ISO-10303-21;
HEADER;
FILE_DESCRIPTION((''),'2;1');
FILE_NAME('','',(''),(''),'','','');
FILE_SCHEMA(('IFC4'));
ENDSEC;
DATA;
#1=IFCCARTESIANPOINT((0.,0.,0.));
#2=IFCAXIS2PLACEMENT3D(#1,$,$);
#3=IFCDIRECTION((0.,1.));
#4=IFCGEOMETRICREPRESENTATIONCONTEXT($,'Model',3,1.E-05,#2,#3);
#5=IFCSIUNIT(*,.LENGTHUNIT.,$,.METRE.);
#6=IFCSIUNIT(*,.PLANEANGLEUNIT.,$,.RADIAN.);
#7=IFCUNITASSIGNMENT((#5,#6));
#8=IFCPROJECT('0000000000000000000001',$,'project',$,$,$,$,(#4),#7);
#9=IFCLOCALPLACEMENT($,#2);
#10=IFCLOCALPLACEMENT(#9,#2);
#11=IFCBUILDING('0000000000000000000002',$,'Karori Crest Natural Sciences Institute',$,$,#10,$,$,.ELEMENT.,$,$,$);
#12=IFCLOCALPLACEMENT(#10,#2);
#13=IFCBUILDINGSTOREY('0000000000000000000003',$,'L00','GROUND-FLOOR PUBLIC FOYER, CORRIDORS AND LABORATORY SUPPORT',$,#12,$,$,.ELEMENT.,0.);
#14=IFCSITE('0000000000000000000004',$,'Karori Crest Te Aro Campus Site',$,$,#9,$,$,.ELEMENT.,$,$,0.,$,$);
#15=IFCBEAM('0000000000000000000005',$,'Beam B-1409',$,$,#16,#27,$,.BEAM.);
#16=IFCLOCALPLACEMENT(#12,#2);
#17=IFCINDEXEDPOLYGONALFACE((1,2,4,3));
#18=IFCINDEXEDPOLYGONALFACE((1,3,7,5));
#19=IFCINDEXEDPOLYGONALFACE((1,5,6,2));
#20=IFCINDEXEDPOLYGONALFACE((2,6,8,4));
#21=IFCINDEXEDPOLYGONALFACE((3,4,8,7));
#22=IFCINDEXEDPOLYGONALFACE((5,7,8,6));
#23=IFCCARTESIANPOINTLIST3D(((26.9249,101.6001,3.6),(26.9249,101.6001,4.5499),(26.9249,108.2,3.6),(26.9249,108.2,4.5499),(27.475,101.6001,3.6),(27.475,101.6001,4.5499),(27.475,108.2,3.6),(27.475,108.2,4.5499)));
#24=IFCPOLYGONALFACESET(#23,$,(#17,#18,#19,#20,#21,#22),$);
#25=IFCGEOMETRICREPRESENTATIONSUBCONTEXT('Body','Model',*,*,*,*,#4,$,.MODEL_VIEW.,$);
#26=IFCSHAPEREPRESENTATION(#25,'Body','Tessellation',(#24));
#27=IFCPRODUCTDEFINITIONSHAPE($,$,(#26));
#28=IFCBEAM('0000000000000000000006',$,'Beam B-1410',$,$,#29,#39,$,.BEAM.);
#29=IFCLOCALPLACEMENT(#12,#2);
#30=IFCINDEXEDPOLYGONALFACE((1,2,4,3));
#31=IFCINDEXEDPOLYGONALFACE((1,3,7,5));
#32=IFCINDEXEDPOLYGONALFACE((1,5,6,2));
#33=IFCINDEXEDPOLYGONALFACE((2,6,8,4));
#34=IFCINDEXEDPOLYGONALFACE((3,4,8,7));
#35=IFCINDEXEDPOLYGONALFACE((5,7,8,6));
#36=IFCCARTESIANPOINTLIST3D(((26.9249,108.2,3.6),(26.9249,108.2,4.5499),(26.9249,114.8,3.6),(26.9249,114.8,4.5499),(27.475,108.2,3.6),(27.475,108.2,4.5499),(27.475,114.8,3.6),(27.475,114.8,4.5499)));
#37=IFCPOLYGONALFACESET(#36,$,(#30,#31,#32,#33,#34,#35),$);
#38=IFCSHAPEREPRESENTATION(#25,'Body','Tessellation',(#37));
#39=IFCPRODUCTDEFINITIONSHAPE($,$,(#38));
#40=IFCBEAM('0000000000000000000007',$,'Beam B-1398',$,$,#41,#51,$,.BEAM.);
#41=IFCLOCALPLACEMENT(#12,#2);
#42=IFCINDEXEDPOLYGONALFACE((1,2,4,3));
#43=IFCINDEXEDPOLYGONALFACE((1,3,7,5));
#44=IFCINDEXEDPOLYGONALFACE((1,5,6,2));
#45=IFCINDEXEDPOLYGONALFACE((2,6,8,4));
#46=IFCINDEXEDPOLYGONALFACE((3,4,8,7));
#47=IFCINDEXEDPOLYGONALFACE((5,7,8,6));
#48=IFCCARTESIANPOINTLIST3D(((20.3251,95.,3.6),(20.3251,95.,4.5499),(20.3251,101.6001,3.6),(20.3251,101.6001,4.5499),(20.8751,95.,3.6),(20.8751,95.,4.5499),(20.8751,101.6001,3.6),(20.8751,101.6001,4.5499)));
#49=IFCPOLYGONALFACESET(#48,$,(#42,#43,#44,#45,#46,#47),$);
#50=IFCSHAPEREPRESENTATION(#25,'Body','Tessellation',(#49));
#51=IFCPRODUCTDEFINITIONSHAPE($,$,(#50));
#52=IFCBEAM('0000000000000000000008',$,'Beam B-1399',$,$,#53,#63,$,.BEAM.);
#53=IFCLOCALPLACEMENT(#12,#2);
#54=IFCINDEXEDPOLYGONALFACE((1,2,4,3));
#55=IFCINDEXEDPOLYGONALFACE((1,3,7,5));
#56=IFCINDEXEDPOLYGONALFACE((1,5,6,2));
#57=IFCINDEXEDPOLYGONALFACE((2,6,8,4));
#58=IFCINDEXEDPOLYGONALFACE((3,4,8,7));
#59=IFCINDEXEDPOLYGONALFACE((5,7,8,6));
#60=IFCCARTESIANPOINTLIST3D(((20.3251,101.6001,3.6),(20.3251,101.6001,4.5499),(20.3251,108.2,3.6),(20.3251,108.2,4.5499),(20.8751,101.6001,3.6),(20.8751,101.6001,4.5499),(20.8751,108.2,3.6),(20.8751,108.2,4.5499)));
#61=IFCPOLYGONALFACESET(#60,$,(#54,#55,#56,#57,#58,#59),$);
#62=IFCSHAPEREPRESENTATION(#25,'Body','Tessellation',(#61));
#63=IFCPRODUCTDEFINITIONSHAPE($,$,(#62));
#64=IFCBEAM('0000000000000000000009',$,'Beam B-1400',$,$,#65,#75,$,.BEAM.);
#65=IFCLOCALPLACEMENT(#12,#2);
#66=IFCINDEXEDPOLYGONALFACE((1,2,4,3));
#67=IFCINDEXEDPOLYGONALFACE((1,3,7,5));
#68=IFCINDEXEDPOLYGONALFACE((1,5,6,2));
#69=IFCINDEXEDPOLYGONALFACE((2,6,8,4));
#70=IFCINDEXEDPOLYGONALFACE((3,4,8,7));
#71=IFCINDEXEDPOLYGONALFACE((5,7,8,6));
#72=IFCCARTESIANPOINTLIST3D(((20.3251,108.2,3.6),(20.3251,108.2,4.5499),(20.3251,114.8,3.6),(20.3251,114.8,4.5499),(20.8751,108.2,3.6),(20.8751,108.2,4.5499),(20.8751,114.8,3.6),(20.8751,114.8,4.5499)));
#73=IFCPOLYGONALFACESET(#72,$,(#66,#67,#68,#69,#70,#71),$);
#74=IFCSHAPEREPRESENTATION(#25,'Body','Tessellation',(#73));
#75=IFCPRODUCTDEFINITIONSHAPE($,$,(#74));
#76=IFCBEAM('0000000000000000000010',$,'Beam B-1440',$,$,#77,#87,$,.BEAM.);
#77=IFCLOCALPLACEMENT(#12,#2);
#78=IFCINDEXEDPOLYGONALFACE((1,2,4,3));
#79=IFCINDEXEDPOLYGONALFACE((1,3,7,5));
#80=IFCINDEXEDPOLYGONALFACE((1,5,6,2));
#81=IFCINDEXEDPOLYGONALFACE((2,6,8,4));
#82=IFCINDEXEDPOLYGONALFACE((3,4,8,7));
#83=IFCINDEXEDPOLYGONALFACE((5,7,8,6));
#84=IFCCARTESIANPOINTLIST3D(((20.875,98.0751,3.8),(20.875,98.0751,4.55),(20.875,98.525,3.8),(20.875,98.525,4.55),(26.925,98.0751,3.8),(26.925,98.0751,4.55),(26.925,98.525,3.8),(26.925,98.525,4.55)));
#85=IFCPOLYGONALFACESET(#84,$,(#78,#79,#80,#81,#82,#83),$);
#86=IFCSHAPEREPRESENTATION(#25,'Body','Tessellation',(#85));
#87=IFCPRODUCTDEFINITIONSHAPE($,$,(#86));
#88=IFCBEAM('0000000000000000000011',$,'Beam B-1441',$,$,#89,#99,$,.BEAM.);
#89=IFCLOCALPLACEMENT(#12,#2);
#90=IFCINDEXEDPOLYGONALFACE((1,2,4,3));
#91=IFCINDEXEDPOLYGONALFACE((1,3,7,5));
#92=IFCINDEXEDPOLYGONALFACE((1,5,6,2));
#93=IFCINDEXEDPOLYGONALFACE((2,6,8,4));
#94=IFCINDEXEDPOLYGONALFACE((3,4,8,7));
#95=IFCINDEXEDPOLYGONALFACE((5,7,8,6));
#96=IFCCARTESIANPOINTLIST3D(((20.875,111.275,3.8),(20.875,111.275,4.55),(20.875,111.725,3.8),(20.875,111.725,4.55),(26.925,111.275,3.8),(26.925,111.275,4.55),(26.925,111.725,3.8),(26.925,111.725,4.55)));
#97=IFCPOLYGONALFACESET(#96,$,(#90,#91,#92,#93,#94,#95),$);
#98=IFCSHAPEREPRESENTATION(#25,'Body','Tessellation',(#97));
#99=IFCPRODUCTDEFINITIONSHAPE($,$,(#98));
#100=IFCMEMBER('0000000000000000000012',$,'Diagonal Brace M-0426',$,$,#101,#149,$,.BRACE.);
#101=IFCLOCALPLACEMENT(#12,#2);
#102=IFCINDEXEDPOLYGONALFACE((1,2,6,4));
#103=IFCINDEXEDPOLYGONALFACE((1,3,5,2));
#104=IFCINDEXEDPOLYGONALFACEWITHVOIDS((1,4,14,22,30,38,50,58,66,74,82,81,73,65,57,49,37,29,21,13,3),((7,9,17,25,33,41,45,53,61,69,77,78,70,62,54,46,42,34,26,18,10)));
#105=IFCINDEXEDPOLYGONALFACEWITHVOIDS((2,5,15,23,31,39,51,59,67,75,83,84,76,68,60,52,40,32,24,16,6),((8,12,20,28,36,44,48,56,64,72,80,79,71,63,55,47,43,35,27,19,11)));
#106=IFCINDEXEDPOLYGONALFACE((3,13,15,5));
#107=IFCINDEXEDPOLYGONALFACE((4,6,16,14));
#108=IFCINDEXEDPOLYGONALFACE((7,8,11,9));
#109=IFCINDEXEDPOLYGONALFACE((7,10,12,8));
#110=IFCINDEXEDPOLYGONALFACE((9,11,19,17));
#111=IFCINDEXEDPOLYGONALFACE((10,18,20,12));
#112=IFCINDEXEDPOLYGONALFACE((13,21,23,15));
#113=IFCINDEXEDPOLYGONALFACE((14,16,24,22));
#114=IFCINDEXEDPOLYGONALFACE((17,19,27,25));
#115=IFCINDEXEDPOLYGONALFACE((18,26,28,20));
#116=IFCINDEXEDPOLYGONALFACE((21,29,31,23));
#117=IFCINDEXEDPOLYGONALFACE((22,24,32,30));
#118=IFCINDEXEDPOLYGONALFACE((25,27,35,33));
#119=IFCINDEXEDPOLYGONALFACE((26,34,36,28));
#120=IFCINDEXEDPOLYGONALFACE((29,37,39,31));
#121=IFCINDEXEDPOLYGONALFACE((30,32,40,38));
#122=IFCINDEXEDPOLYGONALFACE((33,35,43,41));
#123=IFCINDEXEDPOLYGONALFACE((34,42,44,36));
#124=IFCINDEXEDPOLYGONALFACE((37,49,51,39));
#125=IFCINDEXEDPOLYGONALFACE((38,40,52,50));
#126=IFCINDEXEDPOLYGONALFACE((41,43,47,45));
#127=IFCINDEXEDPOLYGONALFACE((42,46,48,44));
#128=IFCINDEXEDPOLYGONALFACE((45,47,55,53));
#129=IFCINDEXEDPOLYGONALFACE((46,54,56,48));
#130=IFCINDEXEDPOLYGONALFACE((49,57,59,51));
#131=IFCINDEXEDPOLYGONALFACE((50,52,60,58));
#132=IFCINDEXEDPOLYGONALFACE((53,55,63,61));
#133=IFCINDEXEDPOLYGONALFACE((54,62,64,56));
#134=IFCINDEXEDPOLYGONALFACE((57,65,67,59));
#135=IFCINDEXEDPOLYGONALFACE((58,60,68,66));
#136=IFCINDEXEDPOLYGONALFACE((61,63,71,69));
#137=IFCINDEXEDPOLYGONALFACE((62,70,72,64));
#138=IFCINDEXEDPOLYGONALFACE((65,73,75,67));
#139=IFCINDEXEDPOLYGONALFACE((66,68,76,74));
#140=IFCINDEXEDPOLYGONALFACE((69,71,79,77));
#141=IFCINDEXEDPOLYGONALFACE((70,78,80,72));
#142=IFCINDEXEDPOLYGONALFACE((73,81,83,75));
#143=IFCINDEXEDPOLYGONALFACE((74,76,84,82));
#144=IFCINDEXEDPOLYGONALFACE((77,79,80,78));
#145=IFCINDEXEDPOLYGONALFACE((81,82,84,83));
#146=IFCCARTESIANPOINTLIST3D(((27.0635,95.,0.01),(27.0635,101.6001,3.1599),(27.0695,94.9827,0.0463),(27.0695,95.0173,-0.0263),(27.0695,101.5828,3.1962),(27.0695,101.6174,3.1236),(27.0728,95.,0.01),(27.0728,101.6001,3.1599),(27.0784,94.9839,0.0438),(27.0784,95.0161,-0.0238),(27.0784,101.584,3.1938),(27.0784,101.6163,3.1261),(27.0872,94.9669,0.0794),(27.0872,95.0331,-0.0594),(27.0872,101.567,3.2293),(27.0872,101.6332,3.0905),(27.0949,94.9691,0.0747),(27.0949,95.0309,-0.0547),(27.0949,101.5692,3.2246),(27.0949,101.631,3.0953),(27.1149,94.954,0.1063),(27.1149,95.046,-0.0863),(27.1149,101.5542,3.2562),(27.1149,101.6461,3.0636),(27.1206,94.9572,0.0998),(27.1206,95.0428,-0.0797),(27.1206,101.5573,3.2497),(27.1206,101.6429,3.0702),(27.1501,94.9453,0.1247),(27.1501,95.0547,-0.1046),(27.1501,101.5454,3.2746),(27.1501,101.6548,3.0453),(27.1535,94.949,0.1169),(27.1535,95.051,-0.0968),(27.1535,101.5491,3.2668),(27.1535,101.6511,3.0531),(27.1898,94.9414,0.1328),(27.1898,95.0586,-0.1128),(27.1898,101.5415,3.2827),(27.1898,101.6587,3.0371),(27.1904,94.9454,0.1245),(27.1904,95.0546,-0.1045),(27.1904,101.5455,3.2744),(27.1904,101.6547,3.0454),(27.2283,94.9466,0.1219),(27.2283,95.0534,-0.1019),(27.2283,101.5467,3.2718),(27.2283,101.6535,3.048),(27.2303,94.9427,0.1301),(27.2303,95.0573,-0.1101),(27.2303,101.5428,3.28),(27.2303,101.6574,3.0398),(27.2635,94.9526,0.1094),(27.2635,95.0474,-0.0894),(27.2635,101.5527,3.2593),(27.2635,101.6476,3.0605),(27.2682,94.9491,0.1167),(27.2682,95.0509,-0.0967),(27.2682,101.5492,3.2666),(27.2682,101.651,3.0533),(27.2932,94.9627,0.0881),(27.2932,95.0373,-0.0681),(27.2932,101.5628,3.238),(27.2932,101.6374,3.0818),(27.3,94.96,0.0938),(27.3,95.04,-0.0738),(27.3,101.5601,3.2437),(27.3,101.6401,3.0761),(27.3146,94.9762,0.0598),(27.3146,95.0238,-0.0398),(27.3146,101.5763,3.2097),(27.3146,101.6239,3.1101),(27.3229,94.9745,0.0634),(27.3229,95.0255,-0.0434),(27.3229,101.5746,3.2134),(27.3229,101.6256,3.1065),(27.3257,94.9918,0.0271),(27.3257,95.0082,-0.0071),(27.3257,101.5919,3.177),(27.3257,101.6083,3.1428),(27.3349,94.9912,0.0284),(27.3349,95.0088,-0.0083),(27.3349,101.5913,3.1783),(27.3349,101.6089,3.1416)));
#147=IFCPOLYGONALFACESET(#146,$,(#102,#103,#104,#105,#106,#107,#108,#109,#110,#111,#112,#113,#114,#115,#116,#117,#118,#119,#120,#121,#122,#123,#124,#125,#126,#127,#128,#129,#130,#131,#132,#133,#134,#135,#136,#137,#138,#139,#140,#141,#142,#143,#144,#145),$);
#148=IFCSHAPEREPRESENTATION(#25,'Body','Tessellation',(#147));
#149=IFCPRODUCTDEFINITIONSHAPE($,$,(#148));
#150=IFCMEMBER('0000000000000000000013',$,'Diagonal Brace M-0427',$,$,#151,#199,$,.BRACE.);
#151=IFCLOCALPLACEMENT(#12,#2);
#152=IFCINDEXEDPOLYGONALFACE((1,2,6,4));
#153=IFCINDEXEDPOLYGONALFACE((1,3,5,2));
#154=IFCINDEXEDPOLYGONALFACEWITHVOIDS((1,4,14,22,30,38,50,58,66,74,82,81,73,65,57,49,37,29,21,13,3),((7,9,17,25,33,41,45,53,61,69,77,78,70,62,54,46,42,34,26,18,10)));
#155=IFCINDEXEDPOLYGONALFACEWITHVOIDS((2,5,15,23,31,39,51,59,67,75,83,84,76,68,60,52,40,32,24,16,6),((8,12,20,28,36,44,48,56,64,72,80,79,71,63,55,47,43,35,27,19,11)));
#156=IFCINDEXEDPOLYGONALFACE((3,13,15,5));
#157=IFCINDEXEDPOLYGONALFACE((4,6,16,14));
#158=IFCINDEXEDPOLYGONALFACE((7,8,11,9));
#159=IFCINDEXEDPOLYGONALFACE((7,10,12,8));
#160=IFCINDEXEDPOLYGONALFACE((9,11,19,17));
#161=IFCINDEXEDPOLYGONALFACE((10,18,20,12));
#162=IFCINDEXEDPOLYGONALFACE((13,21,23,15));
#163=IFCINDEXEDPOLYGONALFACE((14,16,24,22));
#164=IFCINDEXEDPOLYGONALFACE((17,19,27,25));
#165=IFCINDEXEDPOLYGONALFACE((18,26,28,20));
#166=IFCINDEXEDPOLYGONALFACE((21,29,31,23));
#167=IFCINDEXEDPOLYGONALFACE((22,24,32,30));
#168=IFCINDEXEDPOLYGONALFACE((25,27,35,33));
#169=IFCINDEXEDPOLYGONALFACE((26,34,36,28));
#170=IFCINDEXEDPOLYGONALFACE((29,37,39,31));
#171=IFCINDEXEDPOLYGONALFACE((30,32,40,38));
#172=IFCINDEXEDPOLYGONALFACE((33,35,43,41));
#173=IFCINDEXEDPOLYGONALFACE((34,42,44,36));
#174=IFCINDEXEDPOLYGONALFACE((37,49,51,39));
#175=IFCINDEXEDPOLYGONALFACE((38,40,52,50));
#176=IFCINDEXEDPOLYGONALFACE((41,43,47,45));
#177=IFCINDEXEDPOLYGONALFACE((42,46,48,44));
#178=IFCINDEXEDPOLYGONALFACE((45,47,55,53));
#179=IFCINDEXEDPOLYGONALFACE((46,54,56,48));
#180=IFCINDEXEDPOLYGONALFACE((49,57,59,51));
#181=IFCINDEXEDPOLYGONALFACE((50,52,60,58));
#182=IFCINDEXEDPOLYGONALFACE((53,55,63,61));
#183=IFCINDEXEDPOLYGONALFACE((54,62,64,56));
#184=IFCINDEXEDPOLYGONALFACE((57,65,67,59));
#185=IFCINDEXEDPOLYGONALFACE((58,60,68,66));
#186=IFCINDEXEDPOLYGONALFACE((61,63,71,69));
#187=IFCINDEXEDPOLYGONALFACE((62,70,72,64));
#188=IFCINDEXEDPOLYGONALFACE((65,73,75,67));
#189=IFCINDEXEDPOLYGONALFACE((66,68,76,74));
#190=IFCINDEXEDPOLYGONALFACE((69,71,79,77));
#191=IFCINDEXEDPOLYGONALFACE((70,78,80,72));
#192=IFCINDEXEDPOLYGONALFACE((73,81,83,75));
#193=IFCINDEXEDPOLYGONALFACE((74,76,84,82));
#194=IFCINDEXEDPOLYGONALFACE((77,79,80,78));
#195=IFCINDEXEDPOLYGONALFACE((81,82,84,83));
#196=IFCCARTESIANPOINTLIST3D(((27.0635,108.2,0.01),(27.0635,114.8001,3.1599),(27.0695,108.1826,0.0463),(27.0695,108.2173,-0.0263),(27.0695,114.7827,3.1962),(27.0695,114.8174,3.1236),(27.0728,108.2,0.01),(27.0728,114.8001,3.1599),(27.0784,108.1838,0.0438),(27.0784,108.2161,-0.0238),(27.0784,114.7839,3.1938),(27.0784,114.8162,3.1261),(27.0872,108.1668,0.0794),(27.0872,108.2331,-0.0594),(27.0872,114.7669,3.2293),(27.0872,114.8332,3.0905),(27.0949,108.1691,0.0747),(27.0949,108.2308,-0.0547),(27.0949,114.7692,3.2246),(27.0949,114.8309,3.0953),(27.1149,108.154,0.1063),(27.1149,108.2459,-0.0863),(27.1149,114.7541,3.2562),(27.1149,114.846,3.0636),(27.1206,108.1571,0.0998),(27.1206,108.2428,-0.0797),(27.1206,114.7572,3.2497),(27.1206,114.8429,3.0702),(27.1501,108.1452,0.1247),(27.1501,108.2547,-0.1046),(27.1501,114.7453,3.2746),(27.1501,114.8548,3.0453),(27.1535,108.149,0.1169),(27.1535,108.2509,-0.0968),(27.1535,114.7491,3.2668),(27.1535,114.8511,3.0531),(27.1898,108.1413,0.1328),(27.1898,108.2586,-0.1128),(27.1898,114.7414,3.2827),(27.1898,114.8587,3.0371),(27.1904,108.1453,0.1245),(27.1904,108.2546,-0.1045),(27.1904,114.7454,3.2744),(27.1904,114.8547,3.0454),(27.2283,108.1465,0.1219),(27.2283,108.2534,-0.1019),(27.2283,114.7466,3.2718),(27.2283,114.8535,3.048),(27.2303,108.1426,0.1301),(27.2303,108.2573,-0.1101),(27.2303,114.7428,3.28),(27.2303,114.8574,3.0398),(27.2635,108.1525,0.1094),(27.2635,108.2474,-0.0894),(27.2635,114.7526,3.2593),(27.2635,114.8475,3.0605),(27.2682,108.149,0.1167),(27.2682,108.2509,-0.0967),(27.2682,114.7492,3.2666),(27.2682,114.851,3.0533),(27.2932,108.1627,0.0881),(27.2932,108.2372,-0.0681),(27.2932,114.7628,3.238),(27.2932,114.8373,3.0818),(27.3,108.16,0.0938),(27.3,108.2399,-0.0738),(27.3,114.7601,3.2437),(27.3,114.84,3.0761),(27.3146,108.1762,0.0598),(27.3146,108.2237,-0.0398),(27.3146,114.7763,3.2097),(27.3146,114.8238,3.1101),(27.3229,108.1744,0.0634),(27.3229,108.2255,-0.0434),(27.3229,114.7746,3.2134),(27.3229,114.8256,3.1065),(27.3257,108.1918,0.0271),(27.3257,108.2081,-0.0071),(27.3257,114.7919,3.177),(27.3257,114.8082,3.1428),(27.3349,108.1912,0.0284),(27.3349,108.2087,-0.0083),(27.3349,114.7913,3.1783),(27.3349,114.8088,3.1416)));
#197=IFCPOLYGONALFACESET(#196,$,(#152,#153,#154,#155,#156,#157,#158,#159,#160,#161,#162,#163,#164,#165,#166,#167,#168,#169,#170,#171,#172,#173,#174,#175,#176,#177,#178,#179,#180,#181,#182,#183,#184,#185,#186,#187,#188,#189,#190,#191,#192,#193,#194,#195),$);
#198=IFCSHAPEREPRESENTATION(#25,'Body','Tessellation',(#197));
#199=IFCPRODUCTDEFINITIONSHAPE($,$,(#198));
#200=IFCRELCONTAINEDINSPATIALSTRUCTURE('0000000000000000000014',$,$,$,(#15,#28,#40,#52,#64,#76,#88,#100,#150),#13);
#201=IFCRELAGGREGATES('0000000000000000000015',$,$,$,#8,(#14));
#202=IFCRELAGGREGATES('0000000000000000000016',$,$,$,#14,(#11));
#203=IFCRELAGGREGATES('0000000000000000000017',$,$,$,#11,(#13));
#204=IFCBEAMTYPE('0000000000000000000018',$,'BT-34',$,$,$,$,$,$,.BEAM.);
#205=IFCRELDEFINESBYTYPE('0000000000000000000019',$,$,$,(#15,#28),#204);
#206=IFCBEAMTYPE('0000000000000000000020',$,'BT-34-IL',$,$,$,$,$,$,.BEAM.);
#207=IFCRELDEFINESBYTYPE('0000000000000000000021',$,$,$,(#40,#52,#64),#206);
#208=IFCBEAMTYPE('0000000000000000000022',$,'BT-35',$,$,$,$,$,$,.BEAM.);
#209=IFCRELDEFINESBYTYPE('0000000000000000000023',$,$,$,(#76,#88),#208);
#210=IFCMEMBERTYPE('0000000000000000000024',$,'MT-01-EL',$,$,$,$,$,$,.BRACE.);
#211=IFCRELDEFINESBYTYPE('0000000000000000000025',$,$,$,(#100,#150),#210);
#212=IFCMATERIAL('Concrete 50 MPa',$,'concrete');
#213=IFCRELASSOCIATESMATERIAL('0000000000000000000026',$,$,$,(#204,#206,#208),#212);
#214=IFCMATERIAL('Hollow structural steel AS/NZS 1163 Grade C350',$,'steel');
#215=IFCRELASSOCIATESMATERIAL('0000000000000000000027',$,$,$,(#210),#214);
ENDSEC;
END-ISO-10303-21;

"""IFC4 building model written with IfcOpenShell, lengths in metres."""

from ifc_helpers import new_model, si_unit, direction, frame, origin, origin_2d, place, context, subcontext, project, spatial, rectangle, hollow_circle, extrude, material, material_profile, profile_set, type_object, element, save


model = new_model("IFC4")

# Units and contexts
model_context = context("Model", 3, precision=1e-05, world=origin(), true_north=direction((0.0, 1.0)))
body_context = subcontext(model_context, "Body", "Model", "MODEL_VIEW")
ifc_project = project(units=[si_unit("LENGTHUNIT", "METRE"), si_unit("PLANEANGLEUNIT", "RADIAN")], contexts=[model_context])

# Site, building, storey
site_placement = place(None, origin())
site = spatial("IfcSite", under=ifc_project, at=site_placement, Name="Karori Crest Te Aro Campus Site", CompositionType="ELEMENT", RefElevation=0.0)
building_placement = place(site_placement, origin())
building = spatial("IfcBuilding", under=site, at=building_placement, Name="Karori Crest Natural Sciences Institute", CompositionType="ELEMENT")
storey_placement = place(building_placement, origin())
storey = spatial("IfcBuildingStorey", under=building, at=storey_placement, Name="L00", Description="GROUND-FLOOR PUBLIC FOYER, CORRIDORS AND LABORATORY SUPPORT", CompositionType="ELEMENT", Elevation=0.0)

# Shared definitions
ifc_material_1 = material(Name="Hollow structural steel AS/NZS 1163 Grade C350", Category="steel")
ifc_material_2 = material(Name="Concrete 50 MPa", Category="concrete")

# Beams
ifc_material_profile_1 = material_profile(ifc_material_2, rectangle(XDim=0.55, YDim=0.95, at=origin_2d()), Name="RCB550x950")
ifc_profile_set_1 = profile_set([ifc_material_profile_1], Name="Concrete 50 MPa")
beam_type_1 = type_object("IfcBeamType", Name="BT-34", PredefinedType="BEAM", material=ifc_profile_set_1)
beam_1_placement = place(storey_placement, frame((27.2, 101.6001, 4.075), z_axis=(0.0, 1.0, 0.0), x_axis=(-1.0, 0.0, 0.0)))
element("IfcBeam", 1, at=beam_1_placement, inside=storey, type_object=beam_type_1, Name="Beam B-1409", PredefinedType="BEAM", context=body_context, shape_type="SweptSolid", body=[
    extrude(rectangle(XDim=0.55, YDim=0.95, at=origin_2d()), origin(), (0.0, 0.0, 1.0), 6.5999),
])
beam_2_placement = place(storey_placement, frame((27.2, 108.2, 4.075), z_axis=(0.0, 1.0, 0.0), x_axis=(-1.0, 0.0, 0.0)))
element("IfcBeam", 2, at=beam_2_placement, inside=storey, type_object=beam_type_1, Name="Beam B-1410", PredefinedType="BEAM", context=body_context, shape_type="SweptSolid", body=[
    extrude(rectangle(XDim=0.55, YDim=0.95, at=origin_2d()), origin(), (0.0, 0.0, 1.0), 6.6001),
])
ifc_material_profile_2 = material_profile(ifc_material_2, rectangle(XDim=0.55, YDim=0.95, at=origin_2d()), Name="RCB550x950")
ifc_profile_set_2 = profile_set([ifc_material_profile_2], Name="Concrete 50 MPa")
beam_type_2 = type_object("IfcBeamType", Name="BT-34-IL", PredefinedType="BEAM", material=ifc_profile_set_2)
beam_3_placement = place(storey_placement, frame((20.6001, 95.0, 4.075), z_axis=(0.0, 1.0, 0.0), x_axis=(-1.0, 0.0, 0.0)))
element("IfcBeam", 3, at=beam_3_placement, inside=storey, type_object=beam_type_2, Name="Beam B-1398", PredefinedType="BEAM", context=body_context, shape_type="SweptSolid", body=[
    extrude(rectangle(XDim=0.55, YDim=0.95, at=origin_2d()), origin(), (0.0, 0.0, 1.0), 6.6001),
])
beam_4_placement = place(storey_placement, frame((20.6001, 101.6001, 4.075), z_axis=(0.0, 1.0, 0.0), x_axis=(-1.0, 0.0, 0.0)))
element("IfcBeam", 4, at=beam_4_placement, inside=storey, type_object=beam_type_2, Name="Beam B-1399", PredefinedType="BEAM", context=body_context, shape_type="SweptSolid", body=[
    extrude(rectangle(XDim=0.55, YDim=0.95, at=origin_2d()), origin(), (0.0, 0.0, 1.0), 6.5999),
])
beam_5_placement = place(storey_placement, frame((20.6001, 108.2, 4.075), z_axis=(0.0, 1.0, 0.0), x_axis=(-1.0, 0.0, 0.0)))
element("IfcBeam", 5, at=beam_5_placement, inside=storey, type_object=beam_type_2, Name="Beam B-1400", PredefinedType="BEAM", context=body_context, shape_type="SweptSolid", body=[
    extrude(rectangle(XDim=0.55, YDim=0.95, at=origin_2d()), origin(), (0.0, 0.0, 1.0), 6.6001),
])
ifc_material_profile_3 = material_profile(ifc_material_2, rectangle(XDim=0.45, YDim=0.75, at=origin_2d()), Name="RCB450x750")
ifc_profile_set_3 = profile_set([ifc_material_profile_3], Name="Concrete 50 MPa")
beam_type_3 = type_object("IfcBeamType", Name="BT-35", PredefinedType="BEAM", material=ifc_profile_set_3)
for number, where, z_axis, x_axis, name in (
    (6, (20.875, 98.3, 4.175), (1.0, 0.0, 0.0), (0.0, 1.0, 0.0), "Beam B-1440"),
    (7, (20.875, 111.5, 4.175), (1.0, 0.0, 0.0), (0.0, 1.0, 0.0), "Beam B-1441"),
):
    element("IfcBeam", number, at=place(storey_placement, frame(where, z_axis=z_axis, x_axis=x_axis)), inside=storey, type_object=beam_type_3, Name=name, PredefinedType="BEAM", context=body_context, shape_type="SweptSolid", body=[
        extrude(rectangle(XDim=0.45, YDim=0.75, at=origin_2d()), origin(), (0.0, 0.0, 1.0), 6.05),
    ])

# Members
ifc_material_profile_4 = material_profile(ifc_material_1, hollow_circle(Radius=0.1365, WallThickness=0.0093, at=origin_2d()), Name="CHS273.0x9.3")
ifc_profile_set_4 = profile_set([ifc_material_profile_4], Name="Hollow structural steel AS/NZS 1163 Grade C350")
member_type = type_object("IfcMemberType", Name="MT-01-EL", PredefinedType="BRACE", material=ifc_profile_set_4)
for number, where, z_axis, x_axis, name in (
    (8, (27.2, 95.0, 0.01), (0.0, 0.902489, 0.430714), (-1.0, 0.0, 0.0), "Diagonal Brace M-0426"),
    (9, (27.2, 108.2, 0.01), (0.0, 0.902489, 0.430714), (-1.0, 0.0, 0.0), "Diagonal Brace M-0427"),
):
    element("IfcMember", number, at=place(storey_placement, frame(where, z_axis=z_axis, x_axis=x_axis)), inside=storey, type_object=member_type, Name=name, PredefinedType="BRACE", context=body_context, shape_type="SweptSolid", body=[
        extrude(hollow_circle(Radius=0.1365, WallThickness=0.0093, at=origin_2d()), origin(), (0.0, 0.0, 1.0), 7.3132),
    ])

save(model, "model.ifc")
